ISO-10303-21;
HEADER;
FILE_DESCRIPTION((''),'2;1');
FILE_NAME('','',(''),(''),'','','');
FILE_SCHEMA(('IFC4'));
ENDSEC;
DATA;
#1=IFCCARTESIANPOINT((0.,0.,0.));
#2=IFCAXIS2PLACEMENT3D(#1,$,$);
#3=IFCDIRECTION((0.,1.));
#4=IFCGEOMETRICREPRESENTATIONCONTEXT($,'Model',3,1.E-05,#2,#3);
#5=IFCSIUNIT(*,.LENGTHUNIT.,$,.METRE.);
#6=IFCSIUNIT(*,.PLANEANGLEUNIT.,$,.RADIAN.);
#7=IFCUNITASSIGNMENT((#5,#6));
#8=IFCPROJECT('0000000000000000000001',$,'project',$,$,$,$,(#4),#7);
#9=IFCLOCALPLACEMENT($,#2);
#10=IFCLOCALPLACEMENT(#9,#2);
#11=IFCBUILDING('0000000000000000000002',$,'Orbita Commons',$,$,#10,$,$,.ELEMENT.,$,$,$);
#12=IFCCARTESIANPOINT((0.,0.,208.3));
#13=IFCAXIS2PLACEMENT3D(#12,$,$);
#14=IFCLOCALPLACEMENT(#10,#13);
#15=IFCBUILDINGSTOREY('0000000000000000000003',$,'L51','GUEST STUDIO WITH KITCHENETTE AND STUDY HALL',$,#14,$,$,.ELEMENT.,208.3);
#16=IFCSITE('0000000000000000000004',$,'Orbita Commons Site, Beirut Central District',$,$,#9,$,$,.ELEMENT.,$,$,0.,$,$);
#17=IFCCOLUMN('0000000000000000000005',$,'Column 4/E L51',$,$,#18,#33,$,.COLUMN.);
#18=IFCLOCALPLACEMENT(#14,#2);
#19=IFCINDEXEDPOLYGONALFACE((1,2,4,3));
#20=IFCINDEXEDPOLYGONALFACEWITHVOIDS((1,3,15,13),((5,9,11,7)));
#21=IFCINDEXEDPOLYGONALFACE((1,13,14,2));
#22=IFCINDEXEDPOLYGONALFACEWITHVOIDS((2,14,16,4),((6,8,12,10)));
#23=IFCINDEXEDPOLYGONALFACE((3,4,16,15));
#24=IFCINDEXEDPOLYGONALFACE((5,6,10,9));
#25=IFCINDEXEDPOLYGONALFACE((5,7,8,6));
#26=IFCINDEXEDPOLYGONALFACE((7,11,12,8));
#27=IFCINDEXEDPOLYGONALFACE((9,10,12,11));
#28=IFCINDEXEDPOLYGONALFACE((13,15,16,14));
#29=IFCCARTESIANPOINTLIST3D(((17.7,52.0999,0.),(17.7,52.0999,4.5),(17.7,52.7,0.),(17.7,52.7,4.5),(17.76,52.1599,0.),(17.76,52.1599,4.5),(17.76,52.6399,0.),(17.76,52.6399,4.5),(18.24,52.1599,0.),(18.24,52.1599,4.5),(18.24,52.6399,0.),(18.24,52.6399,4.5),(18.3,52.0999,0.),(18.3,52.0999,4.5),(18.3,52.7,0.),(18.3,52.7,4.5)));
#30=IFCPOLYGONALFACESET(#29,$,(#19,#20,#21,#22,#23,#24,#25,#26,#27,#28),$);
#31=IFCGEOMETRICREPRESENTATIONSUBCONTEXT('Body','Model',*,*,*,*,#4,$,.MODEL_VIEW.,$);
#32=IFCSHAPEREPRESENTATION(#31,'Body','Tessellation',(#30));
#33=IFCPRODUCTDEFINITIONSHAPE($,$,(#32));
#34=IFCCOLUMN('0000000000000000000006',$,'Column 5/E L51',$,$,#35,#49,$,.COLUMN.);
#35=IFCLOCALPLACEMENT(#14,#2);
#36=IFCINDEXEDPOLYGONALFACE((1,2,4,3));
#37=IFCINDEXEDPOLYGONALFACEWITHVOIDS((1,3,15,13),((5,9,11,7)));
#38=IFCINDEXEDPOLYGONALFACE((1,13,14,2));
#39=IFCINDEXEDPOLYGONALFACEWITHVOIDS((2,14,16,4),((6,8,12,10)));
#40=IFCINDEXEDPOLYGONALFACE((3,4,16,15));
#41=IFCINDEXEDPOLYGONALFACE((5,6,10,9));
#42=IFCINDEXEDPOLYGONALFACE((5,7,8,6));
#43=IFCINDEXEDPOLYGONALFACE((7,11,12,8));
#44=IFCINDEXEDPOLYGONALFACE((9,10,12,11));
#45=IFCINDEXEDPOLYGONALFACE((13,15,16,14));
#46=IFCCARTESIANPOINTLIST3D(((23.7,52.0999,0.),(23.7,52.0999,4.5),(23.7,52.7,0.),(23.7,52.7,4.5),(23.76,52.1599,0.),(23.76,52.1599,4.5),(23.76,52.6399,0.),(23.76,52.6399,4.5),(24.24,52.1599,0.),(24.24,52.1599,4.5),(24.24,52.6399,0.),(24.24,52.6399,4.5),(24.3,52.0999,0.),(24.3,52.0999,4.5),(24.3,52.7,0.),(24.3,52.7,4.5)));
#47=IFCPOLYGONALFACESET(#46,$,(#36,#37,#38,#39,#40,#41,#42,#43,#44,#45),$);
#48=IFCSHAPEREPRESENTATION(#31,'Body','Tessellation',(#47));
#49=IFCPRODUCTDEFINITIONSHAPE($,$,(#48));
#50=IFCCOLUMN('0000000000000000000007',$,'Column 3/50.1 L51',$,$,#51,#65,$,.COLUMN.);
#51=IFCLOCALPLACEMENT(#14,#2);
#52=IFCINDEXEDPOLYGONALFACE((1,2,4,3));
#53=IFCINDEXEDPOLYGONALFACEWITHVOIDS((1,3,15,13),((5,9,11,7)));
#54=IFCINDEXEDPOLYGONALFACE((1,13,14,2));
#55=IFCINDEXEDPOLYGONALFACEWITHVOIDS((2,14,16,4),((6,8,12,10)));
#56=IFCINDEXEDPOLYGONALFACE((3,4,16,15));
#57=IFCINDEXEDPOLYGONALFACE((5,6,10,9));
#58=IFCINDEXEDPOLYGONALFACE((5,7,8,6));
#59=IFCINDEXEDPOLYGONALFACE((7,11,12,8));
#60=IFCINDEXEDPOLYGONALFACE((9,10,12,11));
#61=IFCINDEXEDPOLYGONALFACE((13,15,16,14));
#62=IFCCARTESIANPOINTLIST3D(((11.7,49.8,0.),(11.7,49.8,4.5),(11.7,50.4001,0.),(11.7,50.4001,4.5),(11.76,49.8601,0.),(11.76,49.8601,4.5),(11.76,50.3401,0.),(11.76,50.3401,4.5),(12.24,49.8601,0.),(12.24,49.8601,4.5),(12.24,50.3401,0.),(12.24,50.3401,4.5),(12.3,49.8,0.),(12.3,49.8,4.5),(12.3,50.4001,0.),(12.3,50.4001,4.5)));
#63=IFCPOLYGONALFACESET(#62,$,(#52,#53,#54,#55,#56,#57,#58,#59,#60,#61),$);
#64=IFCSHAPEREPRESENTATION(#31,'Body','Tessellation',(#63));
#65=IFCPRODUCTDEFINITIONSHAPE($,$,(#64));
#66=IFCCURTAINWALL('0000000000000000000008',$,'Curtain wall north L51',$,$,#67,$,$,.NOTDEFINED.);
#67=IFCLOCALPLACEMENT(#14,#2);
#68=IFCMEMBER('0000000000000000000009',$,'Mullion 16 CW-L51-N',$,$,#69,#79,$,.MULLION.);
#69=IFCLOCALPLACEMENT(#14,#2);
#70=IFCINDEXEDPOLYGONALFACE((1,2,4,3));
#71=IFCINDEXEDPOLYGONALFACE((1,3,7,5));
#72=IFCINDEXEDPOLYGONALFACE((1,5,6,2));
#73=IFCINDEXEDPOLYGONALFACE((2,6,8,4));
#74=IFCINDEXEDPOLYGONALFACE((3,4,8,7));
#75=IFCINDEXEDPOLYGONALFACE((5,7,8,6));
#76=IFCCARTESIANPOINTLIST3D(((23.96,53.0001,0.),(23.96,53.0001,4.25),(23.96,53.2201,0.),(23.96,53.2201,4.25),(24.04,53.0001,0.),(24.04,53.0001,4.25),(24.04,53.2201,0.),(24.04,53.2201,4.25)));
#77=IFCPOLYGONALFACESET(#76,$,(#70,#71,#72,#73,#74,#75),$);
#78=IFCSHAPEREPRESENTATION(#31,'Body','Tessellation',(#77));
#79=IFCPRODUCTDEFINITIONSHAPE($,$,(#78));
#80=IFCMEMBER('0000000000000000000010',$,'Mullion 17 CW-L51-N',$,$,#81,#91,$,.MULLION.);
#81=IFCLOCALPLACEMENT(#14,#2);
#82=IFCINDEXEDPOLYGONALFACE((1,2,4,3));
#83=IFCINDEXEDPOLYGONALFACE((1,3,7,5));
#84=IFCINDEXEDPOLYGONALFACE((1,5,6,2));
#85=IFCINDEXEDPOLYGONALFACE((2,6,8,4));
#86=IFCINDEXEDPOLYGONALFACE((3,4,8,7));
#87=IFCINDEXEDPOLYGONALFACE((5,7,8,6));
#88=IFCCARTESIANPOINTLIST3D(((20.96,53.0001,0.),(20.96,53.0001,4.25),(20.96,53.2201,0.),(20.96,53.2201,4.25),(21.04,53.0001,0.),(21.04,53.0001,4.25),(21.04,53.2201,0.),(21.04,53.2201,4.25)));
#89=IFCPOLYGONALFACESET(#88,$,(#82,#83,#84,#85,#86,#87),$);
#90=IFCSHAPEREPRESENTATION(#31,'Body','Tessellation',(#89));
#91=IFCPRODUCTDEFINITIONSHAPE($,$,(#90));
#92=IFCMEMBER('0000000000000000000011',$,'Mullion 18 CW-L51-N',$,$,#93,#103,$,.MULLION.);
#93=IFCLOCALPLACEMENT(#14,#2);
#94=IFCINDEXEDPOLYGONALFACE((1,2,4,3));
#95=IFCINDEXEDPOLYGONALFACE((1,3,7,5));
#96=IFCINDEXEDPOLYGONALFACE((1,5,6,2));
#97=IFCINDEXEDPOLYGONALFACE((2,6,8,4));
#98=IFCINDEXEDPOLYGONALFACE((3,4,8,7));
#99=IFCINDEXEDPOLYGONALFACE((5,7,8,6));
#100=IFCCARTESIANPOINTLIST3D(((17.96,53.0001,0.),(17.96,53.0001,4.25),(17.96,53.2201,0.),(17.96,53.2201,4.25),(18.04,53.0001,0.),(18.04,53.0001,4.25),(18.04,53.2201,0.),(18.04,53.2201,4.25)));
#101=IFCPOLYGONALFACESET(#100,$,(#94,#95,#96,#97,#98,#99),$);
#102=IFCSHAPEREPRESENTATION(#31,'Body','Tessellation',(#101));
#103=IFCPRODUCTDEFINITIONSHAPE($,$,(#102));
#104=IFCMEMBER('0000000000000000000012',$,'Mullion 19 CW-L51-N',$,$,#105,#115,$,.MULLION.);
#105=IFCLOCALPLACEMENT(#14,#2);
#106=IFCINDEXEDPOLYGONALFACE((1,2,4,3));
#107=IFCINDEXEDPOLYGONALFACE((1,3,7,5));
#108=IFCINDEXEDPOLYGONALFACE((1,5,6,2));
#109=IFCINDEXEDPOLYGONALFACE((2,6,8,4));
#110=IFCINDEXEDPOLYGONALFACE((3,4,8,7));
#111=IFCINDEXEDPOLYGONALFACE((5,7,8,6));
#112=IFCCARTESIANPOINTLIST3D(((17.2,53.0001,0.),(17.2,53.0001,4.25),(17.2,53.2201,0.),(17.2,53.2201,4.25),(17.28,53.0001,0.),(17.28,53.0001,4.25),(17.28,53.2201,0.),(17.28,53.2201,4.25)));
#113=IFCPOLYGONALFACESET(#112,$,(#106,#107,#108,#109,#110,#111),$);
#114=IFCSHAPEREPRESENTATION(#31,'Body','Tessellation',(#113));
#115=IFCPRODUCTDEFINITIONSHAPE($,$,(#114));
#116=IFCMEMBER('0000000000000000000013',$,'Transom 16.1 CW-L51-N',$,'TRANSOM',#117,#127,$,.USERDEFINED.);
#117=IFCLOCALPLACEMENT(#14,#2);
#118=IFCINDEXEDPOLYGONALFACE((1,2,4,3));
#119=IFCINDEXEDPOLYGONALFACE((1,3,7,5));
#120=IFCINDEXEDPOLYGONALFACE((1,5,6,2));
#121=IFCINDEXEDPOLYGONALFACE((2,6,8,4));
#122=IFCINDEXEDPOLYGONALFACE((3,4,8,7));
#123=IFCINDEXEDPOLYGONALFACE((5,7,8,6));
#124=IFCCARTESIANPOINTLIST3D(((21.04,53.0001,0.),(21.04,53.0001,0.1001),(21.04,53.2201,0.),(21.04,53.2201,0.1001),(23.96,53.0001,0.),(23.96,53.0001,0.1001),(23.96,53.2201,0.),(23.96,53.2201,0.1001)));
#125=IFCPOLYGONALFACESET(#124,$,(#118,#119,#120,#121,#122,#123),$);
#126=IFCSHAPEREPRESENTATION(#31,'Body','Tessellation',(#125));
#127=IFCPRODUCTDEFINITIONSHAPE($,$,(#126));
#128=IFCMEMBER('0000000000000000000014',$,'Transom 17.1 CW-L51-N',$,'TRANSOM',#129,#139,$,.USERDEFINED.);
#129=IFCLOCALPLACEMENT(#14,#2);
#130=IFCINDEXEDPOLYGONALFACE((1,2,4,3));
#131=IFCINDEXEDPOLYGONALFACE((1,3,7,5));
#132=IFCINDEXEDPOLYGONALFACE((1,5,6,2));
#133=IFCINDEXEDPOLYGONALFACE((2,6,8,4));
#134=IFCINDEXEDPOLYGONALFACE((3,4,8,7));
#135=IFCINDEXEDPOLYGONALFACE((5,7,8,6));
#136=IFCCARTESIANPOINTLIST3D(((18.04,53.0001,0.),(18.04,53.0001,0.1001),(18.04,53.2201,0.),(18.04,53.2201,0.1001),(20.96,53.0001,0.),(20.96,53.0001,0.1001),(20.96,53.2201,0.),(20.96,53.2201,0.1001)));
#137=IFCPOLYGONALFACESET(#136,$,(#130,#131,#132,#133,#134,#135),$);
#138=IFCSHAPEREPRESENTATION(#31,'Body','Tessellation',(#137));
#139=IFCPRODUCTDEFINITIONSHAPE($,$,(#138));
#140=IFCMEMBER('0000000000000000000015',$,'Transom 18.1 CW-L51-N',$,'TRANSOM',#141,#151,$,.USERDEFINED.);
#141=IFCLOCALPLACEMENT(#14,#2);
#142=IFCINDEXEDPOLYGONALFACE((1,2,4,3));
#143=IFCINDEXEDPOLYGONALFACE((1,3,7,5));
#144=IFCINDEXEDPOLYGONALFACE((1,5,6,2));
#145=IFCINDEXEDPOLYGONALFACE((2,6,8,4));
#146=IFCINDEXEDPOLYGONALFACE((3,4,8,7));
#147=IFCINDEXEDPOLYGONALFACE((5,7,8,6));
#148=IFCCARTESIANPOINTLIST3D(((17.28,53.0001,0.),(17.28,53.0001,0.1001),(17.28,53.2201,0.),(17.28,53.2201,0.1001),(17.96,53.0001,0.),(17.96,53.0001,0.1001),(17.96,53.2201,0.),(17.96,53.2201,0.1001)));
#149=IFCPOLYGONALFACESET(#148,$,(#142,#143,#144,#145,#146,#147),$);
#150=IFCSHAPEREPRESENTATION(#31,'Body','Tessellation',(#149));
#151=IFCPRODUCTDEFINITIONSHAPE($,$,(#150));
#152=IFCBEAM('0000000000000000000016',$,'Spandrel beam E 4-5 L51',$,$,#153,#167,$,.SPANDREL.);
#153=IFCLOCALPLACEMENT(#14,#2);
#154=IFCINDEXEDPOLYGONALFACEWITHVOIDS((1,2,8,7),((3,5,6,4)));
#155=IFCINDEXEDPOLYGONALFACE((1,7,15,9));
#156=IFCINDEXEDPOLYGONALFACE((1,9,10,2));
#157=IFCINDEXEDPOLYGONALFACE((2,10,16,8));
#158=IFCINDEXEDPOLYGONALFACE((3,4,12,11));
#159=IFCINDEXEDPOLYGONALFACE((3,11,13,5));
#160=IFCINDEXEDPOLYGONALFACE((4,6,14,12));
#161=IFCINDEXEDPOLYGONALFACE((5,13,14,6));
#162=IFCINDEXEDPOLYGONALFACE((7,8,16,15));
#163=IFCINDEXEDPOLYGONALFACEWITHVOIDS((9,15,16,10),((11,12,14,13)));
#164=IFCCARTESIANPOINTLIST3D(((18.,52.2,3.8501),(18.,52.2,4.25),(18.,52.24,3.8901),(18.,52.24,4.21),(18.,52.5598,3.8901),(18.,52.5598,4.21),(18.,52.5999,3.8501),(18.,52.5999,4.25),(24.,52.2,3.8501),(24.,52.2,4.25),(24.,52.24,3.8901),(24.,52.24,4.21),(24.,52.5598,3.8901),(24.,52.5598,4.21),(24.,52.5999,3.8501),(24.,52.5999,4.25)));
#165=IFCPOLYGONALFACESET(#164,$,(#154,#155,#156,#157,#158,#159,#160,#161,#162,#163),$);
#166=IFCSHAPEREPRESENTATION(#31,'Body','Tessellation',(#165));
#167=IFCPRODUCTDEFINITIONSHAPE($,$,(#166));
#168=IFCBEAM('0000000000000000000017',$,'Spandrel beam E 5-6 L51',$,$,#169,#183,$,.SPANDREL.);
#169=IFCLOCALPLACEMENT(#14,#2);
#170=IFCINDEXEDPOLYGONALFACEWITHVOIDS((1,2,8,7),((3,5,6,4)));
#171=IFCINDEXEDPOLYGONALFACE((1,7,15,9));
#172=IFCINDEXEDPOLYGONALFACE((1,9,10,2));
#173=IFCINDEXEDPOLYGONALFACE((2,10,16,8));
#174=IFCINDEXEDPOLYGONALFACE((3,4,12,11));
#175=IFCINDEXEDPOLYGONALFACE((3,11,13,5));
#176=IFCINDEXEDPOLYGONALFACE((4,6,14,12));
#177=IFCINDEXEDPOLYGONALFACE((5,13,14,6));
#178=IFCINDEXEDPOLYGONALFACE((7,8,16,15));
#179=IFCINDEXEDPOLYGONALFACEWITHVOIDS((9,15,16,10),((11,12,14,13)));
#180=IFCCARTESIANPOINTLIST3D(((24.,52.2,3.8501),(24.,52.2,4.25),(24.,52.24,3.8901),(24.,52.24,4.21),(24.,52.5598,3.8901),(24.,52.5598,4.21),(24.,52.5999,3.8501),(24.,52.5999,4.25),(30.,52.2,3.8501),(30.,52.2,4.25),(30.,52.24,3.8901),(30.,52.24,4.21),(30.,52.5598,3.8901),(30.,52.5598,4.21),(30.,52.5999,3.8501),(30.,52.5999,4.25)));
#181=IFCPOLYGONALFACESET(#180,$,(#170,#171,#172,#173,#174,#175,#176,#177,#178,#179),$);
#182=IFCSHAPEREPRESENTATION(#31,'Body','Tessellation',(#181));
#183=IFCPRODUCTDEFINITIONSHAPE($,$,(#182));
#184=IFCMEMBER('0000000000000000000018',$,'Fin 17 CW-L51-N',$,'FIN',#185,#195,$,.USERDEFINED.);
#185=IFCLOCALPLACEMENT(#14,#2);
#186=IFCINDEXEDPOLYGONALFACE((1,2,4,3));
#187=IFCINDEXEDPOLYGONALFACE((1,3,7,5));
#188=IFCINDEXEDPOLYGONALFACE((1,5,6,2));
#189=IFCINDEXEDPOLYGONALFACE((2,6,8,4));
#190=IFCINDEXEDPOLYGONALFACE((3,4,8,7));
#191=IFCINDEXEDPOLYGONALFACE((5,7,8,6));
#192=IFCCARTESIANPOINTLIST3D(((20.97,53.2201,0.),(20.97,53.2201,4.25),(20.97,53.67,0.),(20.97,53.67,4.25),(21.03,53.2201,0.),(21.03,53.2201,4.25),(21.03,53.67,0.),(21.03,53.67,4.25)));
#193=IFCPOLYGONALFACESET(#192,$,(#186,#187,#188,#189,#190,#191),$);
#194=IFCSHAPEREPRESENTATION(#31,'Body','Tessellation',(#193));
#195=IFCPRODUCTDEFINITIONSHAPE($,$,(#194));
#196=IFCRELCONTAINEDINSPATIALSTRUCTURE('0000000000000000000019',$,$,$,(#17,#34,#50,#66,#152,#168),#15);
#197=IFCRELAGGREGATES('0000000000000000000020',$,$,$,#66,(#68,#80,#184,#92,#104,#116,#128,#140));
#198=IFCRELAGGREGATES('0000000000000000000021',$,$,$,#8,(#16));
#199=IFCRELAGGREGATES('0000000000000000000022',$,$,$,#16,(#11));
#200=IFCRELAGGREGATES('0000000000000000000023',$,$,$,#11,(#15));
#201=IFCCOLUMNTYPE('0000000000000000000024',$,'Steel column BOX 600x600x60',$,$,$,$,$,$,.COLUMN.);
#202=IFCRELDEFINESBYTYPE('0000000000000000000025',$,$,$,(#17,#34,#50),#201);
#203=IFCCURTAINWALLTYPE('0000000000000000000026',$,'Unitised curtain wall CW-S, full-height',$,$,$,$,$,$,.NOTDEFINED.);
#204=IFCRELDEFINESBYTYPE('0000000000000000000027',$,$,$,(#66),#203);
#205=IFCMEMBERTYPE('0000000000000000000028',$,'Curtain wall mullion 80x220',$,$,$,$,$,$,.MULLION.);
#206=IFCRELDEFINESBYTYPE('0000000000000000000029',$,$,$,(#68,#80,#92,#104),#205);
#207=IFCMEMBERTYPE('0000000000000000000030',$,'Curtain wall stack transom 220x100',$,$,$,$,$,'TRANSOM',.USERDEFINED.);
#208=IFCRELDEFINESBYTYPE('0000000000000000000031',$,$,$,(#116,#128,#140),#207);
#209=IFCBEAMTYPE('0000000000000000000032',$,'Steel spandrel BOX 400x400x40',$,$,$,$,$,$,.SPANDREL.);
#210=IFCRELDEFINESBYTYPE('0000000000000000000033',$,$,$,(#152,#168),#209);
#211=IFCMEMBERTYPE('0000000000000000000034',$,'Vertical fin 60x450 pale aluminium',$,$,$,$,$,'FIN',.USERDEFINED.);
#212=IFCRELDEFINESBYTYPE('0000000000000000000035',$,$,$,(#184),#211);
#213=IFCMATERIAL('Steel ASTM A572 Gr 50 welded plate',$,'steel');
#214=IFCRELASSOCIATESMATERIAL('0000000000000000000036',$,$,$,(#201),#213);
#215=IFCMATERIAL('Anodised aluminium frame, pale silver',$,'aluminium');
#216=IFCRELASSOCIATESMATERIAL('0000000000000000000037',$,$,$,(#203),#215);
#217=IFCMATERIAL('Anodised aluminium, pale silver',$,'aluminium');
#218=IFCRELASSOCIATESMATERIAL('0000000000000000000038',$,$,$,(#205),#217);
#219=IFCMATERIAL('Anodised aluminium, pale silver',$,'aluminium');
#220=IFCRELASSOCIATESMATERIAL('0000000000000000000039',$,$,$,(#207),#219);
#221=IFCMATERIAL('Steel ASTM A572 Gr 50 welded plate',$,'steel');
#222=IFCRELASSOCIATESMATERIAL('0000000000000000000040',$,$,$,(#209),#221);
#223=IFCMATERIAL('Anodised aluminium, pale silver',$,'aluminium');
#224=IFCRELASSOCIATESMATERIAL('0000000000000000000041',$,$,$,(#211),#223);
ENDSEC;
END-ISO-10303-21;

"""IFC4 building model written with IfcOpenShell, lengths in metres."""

from ifc_helpers import new_model, si_unit, direction, frame, origin, origin_2d, place, context, subcontext, project, spatial, rectangle, hollow_rectangle, extrude, material, material_profile, profile_set, type_object, element, aggregate, save


model = new_model("IFC4")

# Units and contexts
model_context = context("Model", 3, precision=1e-05, world=origin(), true_north=direction((0.0, 1.0)))
body_context = subcontext(model_context, "Body", "Model", "MODEL_VIEW")
ifc_project = project(units=[si_unit("LENGTHUNIT", "METRE"), si_unit("PLANEANGLEUNIT", "RADIAN")], contexts=[model_context])

# Site, building, storey
site_placement = place(None, origin())
site = spatial("IfcSite", under=ifc_project, at=site_placement, Name="Orbita Commons Site, Beirut Central District", CompositionType="ELEMENT", RefElevation=0.0)
building_placement = place(site_placement, origin())
building = spatial("IfcBuilding", under=site, at=building_placement, Name="Orbita Commons", CompositionType="ELEMENT")
storey_placement = place(building_placement, frame((0.0, 0.0, 208.3)))
storey = spatial("IfcBuildingStorey", under=building, at=storey_placement, Name="L51", Description="GUEST STUDIO WITH KITCHENETTE AND STUDY HALL", CompositionType="ELEMENT", Elevation=208.3)

# Columns
ifc_material_1 = material(Name="Steel ASTM A572 Gr 50 welded plate", Category="steel")
ifc_material_profile_1 = material_profile(ifc_material_1, hollow_rectangle(XDim=0.6001, YDim=0.6001, WallThickness=0.0601, at=origin_2d()), Name="BOX 600x600x60")
ifc_profile_set_1 = profile_set([ifc_material_profile_1], Name="Steel ASTM A572 Gr 50 welded plate")
column_type = type_object("IfcColumnType", Name="Steel column BOX 600x600x60", PredefinedType="COLUMN", material=ifc_profile_set_1)
for number, where, z_axis, x_axis, name in (
    (1, (18.0, 52.3999, 0.0), (0.0, 0.0, 1.0), (1.0, 0.0, 0.0), "Column 4/E L51"),
    (2, (24.0, 52.3999, 0.0), (0.0, 0.0, 1.0), (1.0, 0.0, 0.0), "Column 5/E L51"),
    (3, (12.0, 50.1001, 0.0), (0.0, 0.0, 1.0), (1.0, 0.0, 0.0), "Column 3/50.1 L51"),
):
    element("IfcColumn", number, at=place(storey_placement, frame(where, z_axis=z_axis, x_axis=x_axis)), inside=storey, type_object=column_type, Name=name, PredefinedType="COLUMN", context=body_context, shape_type="SweptSolid", body=[
        extrude(hollow_rectangle(XDim=0.6001, YDim=0.6001, WallThickness=0.0601, at=origin_2d()), origin(), (0.0, 0.0, 1.0), 4.5),
    ])

# Curtain wall, members
ifc_material_2 = material(Name="Anodised aluminium frame, pale silver", Category="aluminium")
curtain_wall_type = type_object("IfcCurtainWallType", Name="Unitised curtain wall CW-S, full-height", PredefinedType="NOTDEFINED", material=ifc_material_2)
curtain_wall_placement = place(storey_placement, origin())
curtain_wall = element("IfcCurtainWall", 4, at=curtain_wall_placement, inside=storey, type_object=curtain_wall_type, Name="Curtain wall north L51", PredefinedType="NOTDEFINED")
ifc_material_3 = material(Name="Anodised aluminium, pale silver", Category="aluminium")
ifc_material_profile_2 = material_profile(ifc_material_3, rectangle(XDim=0.0801, YDim=0.22, at=origin_2d()), Name="AL 80x220")
ifc_profile_set_2 = profile_set([ifc_material_profile_2], Name="Anodised aluminium, pale silver")
member_type_1 = type_object("IfcMemberType", Name="Curtain wall mullion 80x220", PredefinedType="MULLION", material=ifc_profile_set_2)
member_1_placement = place(storey_placement, frame((24.0, 53.1101, 0.0), z_axis=(0.0, 0.0, 1.0), x_axis=(-1.0, 0.0, 0.0)))
member_1 = element("IfcMember", 5, at=member_1_placement, type_object=member_type_1, Name="Mullion 16 CW-L51-N", PredefinedType="MULLION", context=body_context, shape_type="SweptSolid", body=[
    extrude(rectangle(XDim=0.0801, YDim=0.22, at=origin_2d()), origin(), (0.0, 0.0, 1.0), 4.25),
])
member_2_placement = place(storey_placement, frame((21.0, 53.1101, 0.0), z_axis=(0.0, 0.0, 1.0), x_axis=(-1.0, 0.0, 0.0)))
member_2 = element("IfcMember", 6, at=member_2_placement, type_object=member_type_1, Name="Mullion 17 CW-L51-N", PredefinedType="MULLION", context=body_context, shape_type="SweptSolid", body=[
    extrude(rectangle(XDim=0.0801, YDim=0.22, at=origin_2d()), origin(), (0.0, 0.0, 1.0), 4.25),
])
member_3_placement = place(storey_placement, frame((18.0, 53.1101, 0.0), z_axis=(0.0, 0.0, 1.0), x_axis=(-1.0, 0.0, 0.0)))
member_3 = element("IfcMember", 7, at=member_3_placement, type_object=member_type_1, Name="Mullion 18 CW-L51-N", PredefinedType="MULLION", context=body_context, shape_type="SweptSolid", body=[
    extrude(rectangle(XDim=0.0801, YDim=0.22, at=origin_2d()), origin(), (0.0, 0.0, 1.0), 4.25),
])
member_4_placement = place(storey_placement, frame((17.24, 53.1101, 0.0), z_axis=(0.0, 0.0, 1.0), x_axis=(-1.0, 0.0, 0.0)))
member_4 = element("IfcMember", 8, at=member_4_placement, type_object=member_type_1, Name="Mullion 19 CW-L51-N", PredefinedType="MULLION", context=body_context, shape_type="SweptSolid", body=[
    extrude(rectangle(XDim=0.0801, YDim=0.22, at=origin_2d()), origin(), (0.0, 0.0, 1.0), 4.25),
])
ifc_material_4 = material(Name="Anodised aluminium, pale silver", Category="aluminium")
ifc_material_profile_3 = material_profile(ifc_material_4, rectangle(XDim=0.22, YDim=0.1001, at=origin_2d()), Name="AL 220x100")
ifc_profile_set_3 = profile_set([ifc_material_profile_3], Name="Anodised aluminium, pale silver")
member_type_2 = type_object("IfcMemberType", Name="Curtain wall stack transom 220x100", ElementType="TRANSOM", PredefinedType="USERDEFINED", material=ifc_profile_set_3)
member_5_placement = place(storey_placement, frame((23.96, 53.1101, 0.05), z_axis=(-1.0, 0.0, 0.0), x_axis=(0.0, -1.0, 0.0)))
member_5 = element("IfcMember", 9, at=member_5_placement, type_object=member_type_2, Name="Transom 16.1 CW-L51-N", ObjectType="TRANSOM", PredefinedType="USERDEFINED", context=body_context, shape_type="SweptSolid", body=[
    extrude(rectangle(XDim=0.22, YDim=0.1001, at=origin_2d()), origin(), (0.0, 0.0, 1.0), 2.9199),
])
member_6_placement = place(storey_placement, frame((20.96, 53.1101, 0.05), z_axis=(-1.0, 0.0, 0.0), x_axis=(0.0, -1.0, 0.0)))
member_6 = element("IfcMember", 10, at=member_6_placement, type_object=member_type_2, Name="Transom 17.1 CW-L51-N", ObjectType="TRANSOM", PredefinedType="USERDEFINED", context=body_context, shape_type="SweptSolid", body=[
    extrude(rectangle(XDim=0.22, YDim=0.1001, at=origin_2d()), origin(), (0.0, 0.0, 1.0), 2.9199),
])
member_7_placement = place(storey_placement, frame((17.96, 53.1101, 0.05), z_axis=(-1.0, 0.0, 0.0), x_axis=(0.0, -1.0, 0.0)))
member_7 = element("IfcMember", 11, at=member_7_placement, type_object=member_type_2, Name="Transom 18.1 CW-L51-N", ObjectType="TRANSOM", PredefinedType="USERDEFINED", context=body_context, shape_type="SweptSolid", body=[
    extrude(rectangle(XDim=0.22, YDim=0.1001, at=origin_2d()), origin(), (0.0, 0.0, 1.0), 0.6799),
])

# Beams
ifc_material_5 = material(Name="Steel ASTM A572 Gr 50 welded plate", Category="steel")
ifc_material_profile_4 = material_profile(ifc_material_5, hollow_rectangle(XDim=0.3999, YDim=0.3999, WallThickness=0.04, at=origin_2d()), Name="BOX 400x400x40")
ifc_profile_set_4 = profile_set([ifc_material_profile_4], Name="Steel ASTM A572 Gr 50 welded plate")
beam_type = type_object("IfcBeamType", Name="Steel spandrel BOX 400x400x40", PredefinedType="SPANDREL", material=ifc_profile_set_4)
for number, where, z_axis, x_axis, name in (
    (12, (18.0, 52.3999, 4.05), (1.0, 0.0, 0.0), (0.0, 1.0, 0.0), "Spandrel beam E 4-5 L51"),
    (13, (24.0, 52.3999, 4.05), (1.0, 0.0, 0.0), (0.0, 1.0, 0.0), "Spandrel beam E 5-6 L51"),
):
    element("IfcBeam", number, at=place(storey_placement, frame(where, z_axis=z_axis, x_axis=x_axis)), inside=storey, type_object=beam_type, Name=name, PredefinedType="SPANDREL", context=body_context, shape_type="SweptSolid", body=[
        extrude(hollow_rectangle(XDim=0.3999, YDim=0.3999, WallThickness=0.04, at=origin_2d()), origin(), (0.0, 0.0, 1.0), 6.0),
    ])

# Member
ifc_material_6 = material(Name="Anodised aluminium, pale silver", Category="aluminium")
ifc_material_profile_5 = material_profile(ifc_material_6, rectangle(XDim=0.0601, YDim=0.45, at=origin_2d()), Name="FIN 60x450")
ifc_profile_set_5 = profile_set([ifc_material_profile_5], Name="Anodised aluminium, pale silver")
member_type_3 = type_object("IfcMemberType", Name="Vertical fin 60x450 pale aluminium", ElementType="FIN", PredefinedType="USERDEFINED", material=ifc_profile_set_5)
member_8_placement = place(storey_placement, frame((21.0, 53.4451, 0.0), z_axis=(0.0, 0.0, 1.0), x_axis=(-1.0, 0.0, 0.0)))
member_8 = element("IfcMember", 14, at=member_8_placement, type_object=member_type_3, Name="Fin 17 CW-L51-N", ObjectType="FIN", PredefinedType="USERDEFINED", context=body_context, shape_type="SweptSolid", body=[
    extrude(rectangle(XDim=0.0601, YDim=0.45, at=origin_2d()), origin(), (0.0, 0.0, 1.0), 4.25),
])

aggregate(curtain_wall, [member_1, member_2, member_8, member_3, member_4, member_5, member_6, member_7])

save(model, "model.ifc")
